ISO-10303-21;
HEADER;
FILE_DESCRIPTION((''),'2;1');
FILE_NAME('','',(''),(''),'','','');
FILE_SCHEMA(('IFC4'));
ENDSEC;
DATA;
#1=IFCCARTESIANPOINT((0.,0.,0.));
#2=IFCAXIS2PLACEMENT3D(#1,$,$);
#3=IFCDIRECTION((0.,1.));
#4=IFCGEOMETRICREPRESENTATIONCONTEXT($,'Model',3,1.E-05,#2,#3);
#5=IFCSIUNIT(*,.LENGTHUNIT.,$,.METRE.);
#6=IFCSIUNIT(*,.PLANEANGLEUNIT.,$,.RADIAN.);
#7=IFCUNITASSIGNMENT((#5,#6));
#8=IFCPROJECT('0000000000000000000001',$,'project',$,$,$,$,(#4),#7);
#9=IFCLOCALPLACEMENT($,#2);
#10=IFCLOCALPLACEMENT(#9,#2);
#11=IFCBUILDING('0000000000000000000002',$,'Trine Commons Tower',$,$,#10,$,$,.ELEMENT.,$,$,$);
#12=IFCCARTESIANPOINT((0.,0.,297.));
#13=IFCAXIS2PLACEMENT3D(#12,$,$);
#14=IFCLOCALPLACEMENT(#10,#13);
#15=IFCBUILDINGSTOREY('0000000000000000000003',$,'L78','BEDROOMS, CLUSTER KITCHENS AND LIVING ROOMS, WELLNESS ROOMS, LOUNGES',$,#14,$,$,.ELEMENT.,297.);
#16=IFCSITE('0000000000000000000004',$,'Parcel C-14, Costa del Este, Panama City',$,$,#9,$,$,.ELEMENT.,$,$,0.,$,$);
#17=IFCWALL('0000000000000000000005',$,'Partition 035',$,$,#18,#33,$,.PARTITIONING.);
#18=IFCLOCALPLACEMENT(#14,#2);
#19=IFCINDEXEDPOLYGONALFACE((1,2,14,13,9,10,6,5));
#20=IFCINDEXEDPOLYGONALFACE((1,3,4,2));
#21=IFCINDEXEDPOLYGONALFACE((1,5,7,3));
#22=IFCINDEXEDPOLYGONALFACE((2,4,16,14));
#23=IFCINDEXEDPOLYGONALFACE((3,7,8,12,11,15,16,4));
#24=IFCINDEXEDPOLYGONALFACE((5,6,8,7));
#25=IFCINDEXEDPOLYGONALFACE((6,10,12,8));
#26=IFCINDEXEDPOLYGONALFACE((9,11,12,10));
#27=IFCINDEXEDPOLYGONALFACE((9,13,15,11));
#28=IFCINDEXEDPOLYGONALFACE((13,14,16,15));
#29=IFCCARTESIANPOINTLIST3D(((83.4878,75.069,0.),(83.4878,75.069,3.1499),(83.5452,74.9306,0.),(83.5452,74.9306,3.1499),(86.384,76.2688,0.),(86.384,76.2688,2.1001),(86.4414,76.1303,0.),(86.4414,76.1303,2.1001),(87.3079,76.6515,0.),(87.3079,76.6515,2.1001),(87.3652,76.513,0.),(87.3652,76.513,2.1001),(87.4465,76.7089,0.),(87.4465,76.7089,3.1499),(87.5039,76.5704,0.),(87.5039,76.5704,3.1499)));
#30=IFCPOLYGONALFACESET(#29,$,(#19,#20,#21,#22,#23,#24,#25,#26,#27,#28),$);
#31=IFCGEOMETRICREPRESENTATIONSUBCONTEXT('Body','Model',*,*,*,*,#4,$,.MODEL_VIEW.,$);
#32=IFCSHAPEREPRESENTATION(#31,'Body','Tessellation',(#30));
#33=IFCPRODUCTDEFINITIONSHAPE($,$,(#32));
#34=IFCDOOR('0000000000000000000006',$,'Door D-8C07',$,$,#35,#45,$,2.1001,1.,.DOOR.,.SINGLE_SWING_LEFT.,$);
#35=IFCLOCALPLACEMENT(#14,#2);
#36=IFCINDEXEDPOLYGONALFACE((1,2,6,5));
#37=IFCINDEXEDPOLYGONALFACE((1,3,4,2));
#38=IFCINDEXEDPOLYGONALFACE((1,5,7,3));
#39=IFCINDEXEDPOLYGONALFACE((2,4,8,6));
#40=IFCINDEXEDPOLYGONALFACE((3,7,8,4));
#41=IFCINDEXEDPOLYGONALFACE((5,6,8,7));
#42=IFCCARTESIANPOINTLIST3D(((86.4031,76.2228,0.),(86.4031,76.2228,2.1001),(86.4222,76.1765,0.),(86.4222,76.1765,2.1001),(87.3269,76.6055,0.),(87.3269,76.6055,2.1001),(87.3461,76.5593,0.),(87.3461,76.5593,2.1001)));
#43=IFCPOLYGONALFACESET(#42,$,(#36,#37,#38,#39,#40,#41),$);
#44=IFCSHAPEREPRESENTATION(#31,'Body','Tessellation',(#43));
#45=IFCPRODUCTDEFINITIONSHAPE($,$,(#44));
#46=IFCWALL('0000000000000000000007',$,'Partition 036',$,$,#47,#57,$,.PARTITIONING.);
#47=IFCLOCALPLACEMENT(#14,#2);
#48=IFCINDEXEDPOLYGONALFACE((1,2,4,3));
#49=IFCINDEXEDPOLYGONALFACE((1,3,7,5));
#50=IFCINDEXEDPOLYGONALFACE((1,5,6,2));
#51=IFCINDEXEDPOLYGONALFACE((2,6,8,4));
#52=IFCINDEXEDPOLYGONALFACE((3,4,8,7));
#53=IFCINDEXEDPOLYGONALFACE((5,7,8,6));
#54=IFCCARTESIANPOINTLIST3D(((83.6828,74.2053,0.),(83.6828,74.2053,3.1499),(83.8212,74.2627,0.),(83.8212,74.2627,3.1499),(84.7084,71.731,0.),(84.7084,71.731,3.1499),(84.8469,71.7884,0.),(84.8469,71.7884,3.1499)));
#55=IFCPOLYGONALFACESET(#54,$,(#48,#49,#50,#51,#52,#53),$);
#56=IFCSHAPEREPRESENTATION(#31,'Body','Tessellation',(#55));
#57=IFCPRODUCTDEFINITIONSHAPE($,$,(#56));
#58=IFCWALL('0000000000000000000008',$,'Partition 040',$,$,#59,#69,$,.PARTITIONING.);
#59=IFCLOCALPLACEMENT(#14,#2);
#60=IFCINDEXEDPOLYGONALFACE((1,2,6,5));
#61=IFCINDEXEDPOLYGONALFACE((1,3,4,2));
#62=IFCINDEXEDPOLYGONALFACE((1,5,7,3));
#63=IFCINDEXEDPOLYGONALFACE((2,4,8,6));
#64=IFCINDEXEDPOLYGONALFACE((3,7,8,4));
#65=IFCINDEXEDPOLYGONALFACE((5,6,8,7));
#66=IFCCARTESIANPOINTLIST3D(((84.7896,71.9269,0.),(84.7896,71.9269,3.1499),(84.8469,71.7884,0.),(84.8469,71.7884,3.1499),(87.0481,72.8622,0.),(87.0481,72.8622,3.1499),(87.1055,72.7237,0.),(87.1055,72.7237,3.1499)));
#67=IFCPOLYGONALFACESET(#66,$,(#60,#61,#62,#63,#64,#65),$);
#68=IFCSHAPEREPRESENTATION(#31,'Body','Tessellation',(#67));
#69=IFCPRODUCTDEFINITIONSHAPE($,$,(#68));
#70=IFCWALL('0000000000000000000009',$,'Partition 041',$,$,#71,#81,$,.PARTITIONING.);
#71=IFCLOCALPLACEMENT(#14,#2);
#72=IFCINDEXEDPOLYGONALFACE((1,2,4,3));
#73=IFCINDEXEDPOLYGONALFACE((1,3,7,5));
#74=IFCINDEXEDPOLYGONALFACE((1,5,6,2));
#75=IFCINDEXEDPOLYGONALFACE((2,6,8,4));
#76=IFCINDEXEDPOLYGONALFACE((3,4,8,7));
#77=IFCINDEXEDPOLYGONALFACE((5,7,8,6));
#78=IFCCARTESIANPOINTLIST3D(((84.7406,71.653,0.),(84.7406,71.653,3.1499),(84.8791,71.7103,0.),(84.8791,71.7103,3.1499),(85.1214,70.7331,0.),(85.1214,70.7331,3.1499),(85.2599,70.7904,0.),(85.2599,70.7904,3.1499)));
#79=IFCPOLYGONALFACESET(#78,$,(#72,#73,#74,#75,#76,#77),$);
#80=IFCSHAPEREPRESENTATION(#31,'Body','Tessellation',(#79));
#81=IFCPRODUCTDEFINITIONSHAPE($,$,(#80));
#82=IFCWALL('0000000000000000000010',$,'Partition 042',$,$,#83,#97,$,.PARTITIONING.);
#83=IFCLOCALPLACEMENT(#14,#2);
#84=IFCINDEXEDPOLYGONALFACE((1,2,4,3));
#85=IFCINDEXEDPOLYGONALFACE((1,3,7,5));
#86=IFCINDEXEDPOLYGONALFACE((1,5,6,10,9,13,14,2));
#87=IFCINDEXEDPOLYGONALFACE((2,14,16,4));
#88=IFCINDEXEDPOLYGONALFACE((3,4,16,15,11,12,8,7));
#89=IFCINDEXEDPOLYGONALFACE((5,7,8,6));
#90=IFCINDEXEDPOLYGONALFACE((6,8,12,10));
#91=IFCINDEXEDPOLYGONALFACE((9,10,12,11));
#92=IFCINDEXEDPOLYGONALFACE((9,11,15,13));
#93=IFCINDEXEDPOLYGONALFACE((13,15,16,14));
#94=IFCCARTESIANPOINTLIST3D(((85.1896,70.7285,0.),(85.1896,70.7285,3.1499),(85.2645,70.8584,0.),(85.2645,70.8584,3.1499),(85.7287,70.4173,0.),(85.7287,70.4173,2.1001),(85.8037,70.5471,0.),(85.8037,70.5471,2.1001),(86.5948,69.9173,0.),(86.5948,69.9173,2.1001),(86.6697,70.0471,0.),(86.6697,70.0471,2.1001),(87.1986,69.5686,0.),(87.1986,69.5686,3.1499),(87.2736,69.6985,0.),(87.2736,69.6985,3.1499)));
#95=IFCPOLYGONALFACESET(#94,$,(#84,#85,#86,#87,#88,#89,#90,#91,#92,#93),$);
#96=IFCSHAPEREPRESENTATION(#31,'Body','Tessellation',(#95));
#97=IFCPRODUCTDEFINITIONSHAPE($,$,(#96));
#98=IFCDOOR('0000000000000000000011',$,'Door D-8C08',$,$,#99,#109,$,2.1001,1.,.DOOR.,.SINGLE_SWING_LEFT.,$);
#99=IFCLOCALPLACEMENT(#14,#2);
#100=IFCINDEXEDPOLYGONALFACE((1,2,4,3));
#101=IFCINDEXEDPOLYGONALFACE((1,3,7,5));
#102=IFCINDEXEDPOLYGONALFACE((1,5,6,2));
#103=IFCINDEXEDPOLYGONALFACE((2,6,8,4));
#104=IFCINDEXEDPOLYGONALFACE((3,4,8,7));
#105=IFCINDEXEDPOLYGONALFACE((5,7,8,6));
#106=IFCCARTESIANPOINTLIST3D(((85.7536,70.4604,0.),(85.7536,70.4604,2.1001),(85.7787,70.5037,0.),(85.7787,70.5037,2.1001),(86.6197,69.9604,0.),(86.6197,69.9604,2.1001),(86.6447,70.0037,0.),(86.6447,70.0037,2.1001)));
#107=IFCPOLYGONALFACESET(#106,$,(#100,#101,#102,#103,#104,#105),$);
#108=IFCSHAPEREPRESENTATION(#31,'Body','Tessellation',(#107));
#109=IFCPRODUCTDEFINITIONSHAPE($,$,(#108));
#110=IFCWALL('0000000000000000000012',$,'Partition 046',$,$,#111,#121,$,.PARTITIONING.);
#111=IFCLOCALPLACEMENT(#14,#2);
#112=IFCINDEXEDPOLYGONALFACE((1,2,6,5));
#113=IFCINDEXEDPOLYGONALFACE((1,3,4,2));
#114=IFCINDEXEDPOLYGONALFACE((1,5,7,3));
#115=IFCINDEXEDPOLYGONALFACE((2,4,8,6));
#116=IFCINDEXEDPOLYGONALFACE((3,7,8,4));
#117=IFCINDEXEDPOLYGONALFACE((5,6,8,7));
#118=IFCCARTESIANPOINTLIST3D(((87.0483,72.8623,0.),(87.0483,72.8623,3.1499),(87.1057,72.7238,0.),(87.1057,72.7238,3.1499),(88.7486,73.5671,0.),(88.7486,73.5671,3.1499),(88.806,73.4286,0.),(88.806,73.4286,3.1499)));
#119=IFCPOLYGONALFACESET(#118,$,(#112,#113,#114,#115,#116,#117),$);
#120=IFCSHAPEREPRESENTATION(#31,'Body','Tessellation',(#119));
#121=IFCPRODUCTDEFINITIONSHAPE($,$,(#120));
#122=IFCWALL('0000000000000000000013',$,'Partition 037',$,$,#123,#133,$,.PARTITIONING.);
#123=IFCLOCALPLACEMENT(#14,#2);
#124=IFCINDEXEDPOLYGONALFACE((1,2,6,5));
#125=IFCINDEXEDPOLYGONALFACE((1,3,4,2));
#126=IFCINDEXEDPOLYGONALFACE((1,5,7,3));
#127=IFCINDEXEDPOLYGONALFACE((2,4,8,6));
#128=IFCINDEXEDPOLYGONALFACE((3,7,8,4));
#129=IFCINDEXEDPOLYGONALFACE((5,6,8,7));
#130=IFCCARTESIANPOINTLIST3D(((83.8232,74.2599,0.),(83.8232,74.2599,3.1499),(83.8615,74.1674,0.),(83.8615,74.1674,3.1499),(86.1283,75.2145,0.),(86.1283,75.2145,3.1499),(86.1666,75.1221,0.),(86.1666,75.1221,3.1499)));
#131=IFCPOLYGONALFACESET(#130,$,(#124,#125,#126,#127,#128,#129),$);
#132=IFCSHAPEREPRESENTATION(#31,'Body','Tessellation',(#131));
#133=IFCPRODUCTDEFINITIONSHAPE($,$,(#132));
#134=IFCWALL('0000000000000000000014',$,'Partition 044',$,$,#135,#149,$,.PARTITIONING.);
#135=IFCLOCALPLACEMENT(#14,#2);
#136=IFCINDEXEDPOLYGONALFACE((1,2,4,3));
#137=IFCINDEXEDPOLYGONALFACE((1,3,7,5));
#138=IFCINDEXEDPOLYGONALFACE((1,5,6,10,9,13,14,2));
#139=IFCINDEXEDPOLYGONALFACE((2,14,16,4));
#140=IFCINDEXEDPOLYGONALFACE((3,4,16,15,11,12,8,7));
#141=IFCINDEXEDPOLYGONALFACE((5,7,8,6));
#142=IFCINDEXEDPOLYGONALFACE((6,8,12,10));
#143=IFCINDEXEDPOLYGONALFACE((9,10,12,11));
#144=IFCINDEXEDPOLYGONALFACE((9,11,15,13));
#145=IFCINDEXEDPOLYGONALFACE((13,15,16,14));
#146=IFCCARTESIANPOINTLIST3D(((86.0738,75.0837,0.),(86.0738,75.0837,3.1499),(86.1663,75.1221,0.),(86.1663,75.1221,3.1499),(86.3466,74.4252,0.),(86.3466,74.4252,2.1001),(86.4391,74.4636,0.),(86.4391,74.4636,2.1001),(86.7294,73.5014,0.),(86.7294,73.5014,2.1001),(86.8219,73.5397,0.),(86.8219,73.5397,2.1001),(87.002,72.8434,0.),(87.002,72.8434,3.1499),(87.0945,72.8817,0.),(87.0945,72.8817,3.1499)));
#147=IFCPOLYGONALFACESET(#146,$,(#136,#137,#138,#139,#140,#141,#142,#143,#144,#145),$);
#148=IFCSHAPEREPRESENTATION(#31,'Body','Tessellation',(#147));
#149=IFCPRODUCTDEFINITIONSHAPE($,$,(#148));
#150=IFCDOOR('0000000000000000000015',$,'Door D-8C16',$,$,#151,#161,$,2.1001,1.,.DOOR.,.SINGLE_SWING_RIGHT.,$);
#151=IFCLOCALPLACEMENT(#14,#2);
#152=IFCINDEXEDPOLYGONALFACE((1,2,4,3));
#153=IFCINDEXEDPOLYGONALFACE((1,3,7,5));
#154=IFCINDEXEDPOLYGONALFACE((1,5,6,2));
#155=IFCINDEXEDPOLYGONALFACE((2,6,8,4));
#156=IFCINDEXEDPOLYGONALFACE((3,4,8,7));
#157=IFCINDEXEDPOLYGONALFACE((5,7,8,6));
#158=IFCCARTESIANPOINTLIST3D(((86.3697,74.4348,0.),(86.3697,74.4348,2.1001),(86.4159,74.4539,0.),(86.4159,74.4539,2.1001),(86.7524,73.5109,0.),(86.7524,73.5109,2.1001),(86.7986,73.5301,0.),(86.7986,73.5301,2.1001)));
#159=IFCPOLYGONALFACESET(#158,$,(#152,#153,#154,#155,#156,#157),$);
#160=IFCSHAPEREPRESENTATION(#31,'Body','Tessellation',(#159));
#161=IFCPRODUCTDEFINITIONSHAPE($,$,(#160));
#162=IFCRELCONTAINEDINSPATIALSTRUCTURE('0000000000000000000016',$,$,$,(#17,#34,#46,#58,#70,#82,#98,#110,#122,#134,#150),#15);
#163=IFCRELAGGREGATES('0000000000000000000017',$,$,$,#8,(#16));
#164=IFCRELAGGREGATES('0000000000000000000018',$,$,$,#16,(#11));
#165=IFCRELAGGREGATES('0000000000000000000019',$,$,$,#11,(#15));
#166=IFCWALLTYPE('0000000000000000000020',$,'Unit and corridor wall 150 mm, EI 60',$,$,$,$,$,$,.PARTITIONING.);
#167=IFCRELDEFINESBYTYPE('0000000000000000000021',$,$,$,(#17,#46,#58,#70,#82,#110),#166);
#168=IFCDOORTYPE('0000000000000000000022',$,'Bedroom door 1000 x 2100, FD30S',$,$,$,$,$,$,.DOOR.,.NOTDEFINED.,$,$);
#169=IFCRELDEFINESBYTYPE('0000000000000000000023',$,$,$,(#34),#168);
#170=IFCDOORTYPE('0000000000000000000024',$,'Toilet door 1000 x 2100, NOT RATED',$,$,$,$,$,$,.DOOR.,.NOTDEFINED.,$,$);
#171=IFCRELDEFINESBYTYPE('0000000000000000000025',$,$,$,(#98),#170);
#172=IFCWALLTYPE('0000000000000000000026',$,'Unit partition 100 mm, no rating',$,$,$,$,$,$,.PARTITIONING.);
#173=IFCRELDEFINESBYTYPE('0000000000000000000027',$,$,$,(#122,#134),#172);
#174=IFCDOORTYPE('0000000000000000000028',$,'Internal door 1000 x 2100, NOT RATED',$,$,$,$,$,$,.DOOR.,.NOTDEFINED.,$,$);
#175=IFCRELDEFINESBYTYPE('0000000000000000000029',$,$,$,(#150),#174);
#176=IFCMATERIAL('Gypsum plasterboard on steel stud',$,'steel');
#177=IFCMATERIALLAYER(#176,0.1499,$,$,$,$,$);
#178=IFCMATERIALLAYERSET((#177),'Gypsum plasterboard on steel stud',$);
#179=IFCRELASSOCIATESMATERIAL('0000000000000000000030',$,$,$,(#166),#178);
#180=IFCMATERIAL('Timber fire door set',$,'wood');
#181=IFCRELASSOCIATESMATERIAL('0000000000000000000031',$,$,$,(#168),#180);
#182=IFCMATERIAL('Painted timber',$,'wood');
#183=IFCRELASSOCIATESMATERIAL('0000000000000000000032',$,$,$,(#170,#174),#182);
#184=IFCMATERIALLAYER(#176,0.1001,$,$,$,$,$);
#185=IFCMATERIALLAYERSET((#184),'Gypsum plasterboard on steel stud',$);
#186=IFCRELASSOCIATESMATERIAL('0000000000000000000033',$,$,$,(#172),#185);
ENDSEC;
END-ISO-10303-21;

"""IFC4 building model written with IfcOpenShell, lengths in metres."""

from ifc_helpers import new_model, si_unit, direction, frame, frame_2d, origin, place, context, subcontext, project, spatial, rectangle, extrude, material, layer, layer_set, type_object, element, fill, save


model = new_model("IFC4")

# Units and contexts
model_context = context("Model", 3, precision=1e-05, world=origin(), true_north=direction((0.0, 1.0)))
body_context = subcontext(model_context, "Body", "Model", "MODEL_VIEW")
ifc_project = project(units=[si_unit("LENGTHUNIT", "METRE"), si_unit("PLANEANGLEUNIT", "RADIAN")], contexts=[model_context])

# Site, building, storey
site_placement = place(None, origin())
site = spatial("IfcSite", under=ifc_project, at=site_placement, Name="Parcel C-14, Costa del Este, Panama City", CompositionType="ELEMENT", RefElevation=0.0)
building_placement = place(site_placement, origin())
building = spatial("IfcBuilding", under=site, at=building_placement, Name="Trine Commons Tower", CompositionType="ELEMENT")
storey_placement = place(building_placement, frame((0.0, 0.0, 297.0)))
storey = spatial("IfcBuildingStorey", under=building, at=storey_placement, Name="L78", Description="BEDROOMS, CLUSTER KITCHENS AND LIVING ROOMS, WELLNESS ROOMS, LOUNGES", CompositionType="ELEMENT", Elevation=297.0)

# Shared definitions
ifc_material_1 = material(Name="Gypsum plasterboard on steel stud", Category="steel")
ifc_layer_1 = layer(ifc_material_1, 0.1499)
ifc_layer_set_1 = layer_set([ifc_layer_1], Name="Gypsum plasterboard on steel stud")
wall_type_1 = type_object("IfcWallType", Name="Unit and corridor wall 150 mm, EI 60", PredefinedType="PARTITIONING", material=ifc_layer_set_1)

# Wall, opening, door
wall_1_placement = place(storey_placement, frame((83.5164, 74.9998, 0.0), z_axis=(0.0, 0.0, 1.0), x_axis=(0.923869, 0.382709, 0.0)))
wall_1 = element("IfcWall", 1, at=wall_1_placement, inside=storey, type_object=wall_type_1, Name="Partition 035", PredefinedType="PARTITIONING", context=body_context, shape_type="SweptSolid", body=[
    extrude(rectangle(XDim=4.2849, YDim=0.1499, at=frame_2d((2.1426, 0.0))), origin(), (0.0, 0.0, 1.0), 3.1499),
])
opening_1_placement = place(wall_1_placement, frame((3.135, 0.0, 0.0)))
opening_1 = element("IfcOpeningElement", 2, at=opening_1_placement, cuts=wall_1, PredefinedType="OPENING", context=body_context, shape_type="SweptSolid", body=[
    extrude(rectangle(XDim=1.0, YDim=2.1001, at=frame_2d((0.5, 1.05))), frame((0.0, 0.085, 0.0), z_axis=(0.0, -1.0, 0.0), x_axis=(1.0, 0.0, 0.0)), (0.0, 0.0, 1.0), 0.1699),
])
ifc_material_2 = material(Name="Timber fire door set", Category="wood")
door_type_1 = type_object("IfcDoorType", Name="Bedroom door 1000 x 2100, FD30S", OperationType="NOTDEFINED", PredefinedType="DOOR", material=ifc_material_2)
door_1_placement = place(opening_1_placement, frame((1.0, 0.0, 0.0), z_axis=(0.0, 0.0, 1.0), x_axis=(-1.0, 0.0, 0.0)))
door_1 = element("IfcDoor", 3, at=door_1_placement, inside=storey, type_object=door_type_1, Name="Door D-8C07", OperationType="SINGLE_SWING_LEFT", OverallHeight=2.1001, OverallWidth=1.0, PredefinedType="DOOR", context=body_context, shape_type="SweptSolid", body=[
    extrude(rectangle(XDim=1.0, YDim=2.1001, at=frame_2d((0.5, 1.05))), frame((0.0, 0.0249, 0.0), z_axis=(0.0, -1.0, 0.0), x_axis=(1.0, 0.0, 0.0)), (0.0, 0.0, 1.0), 0.05),
])
fill(opening_1, door_1)

# Walls
wall_2_placement = place(storey_placement, frame((83.752, 74.2341, 0.0), z_axis=(0.0, 0.0, 1.0), x_axis=(0.382913, -0.923785, 0.0)))
element("IfcWall", 4, at=wall_2_placement, inside=storey, type_object=wall_type_1, Name="Partition 036", PredefinedType="PARTITIONING", context=body_context, shape_type="SweptSolid", body=[
    extrude(rectangle(XDim=2.6785, YDim=0.1499, at=frame_2d((1.3394, 0.0))), origin(), (0.0, 0.0, 1.0), 3.1499),
])
wall_3_placement = place(storey_placement, frame((84.8184, 71.8577, 0.0), z_axis=(0.0, 0.0, 1.0), x_axis=(0.923911, 0.382608, 0.0)))
element("IfcWall", 5, at=wall_3_placement, inside=storey, type_object=wall_type_1, Name="Partition 040", PredefinedType="PARTITIONING", context=body_context, shape_type="SweptSolid", body=[
    extrude(rectangle(XDim=2.4446, YDim=0.1499, at=frame_2d((1.2222, 0.0))), origin(), (0.0, 0.0, 1.0), 3.1499),
])
wall_4_placement = place(storey_placement, frame((84.8098, 71.6816, 0.0), z_axis=(0.0, 0.0, 1.0), x_axis=(0.382525, -0.923945, 0.0)))
element("IfcWall", 6, at=wall_4_placement, inside=storey, type_object=wall_type_1, Name="Partition 041", PredefinedType="PARTITIONING", context=body_context, shape_type="SweptSolid", body=[
    extrude(rectangle(XDim=0.9956, YDim=0.1499, at=frame_2d((0.4978, 0.0))), origin(), (0.0, 0.0, 1.0), 3.1499),
])

# Wall, opening, door
wall_5_placement = place(storey_placement, frame((85.2271, 70.7935, 0.0), z_axis=(0.0, 0.0, 1.0), x_axis=(0.866026, -0.499999, 0.0)))
wall_5 = element("IfcWall", 7, at=wall_5_placement, inside=storey, type_object=wall_type_1, Name="Partition 042", PredefinedType="PARTITIONING", context=body_context, shape_type="SweptSolid", body=[
    extrude(rectangle(XDim=2.3198, YDim=0.1499, at=frame_2d((1.1599, 0.0))), origin(), (0.0, 0.0, 1.0), 3.1499),
])
opening_2_placement = place(wall_5_placement, frame((0.6226, 0.0, 0.0)))
opening_2 = element("IfcOpeningElement", 8, at=opening_2_placement, cuts=wall_5, PredefinedType="OPENING", context=body_context, shape_type="SweptSolid", body=[
    extrude(rectangle(XDim=1.0, YDim=2.1001, at=frame_2d((0.5, 1.05))), frame((0.0, 0.085, 0.0), z_axis=(0.0, -1.0, 0.0), x_axis=(1.0, 0.0, 0.0)), (0.0, 0.0, 1.0), 0.1699),
])
ifc_material_3 = material(Name="Painted timber", Category="wood")
door_type_2 = type_object("IfcDoorType", Name="Toilet door 1000 x 2100, NOT RATED", OperationType="NOTDEFINED", PredefinedType="DOOR", material=ifc_material_3)
door_2_placement = place(opening_2_placement, origin())
door_2 = element("IfcDoor", 9, at=door_2_placement, inside=storey, type_object=door_type_2, Name="Door D-8C08", OperationType="SINGLE_SWING_LEFT", OverallHeight=2.1001, OverallWidth=1.0, PredefinedType="DOOR", context=body_context, shape_type="SweptSolid", body=[
    extrude(rectangle(XDim=1.0, YDim=2.1001, at=frame_2d((0.5, 1.05))), frame((0.0, 0.0249, 0.0), z_axis=(0.0, -1.0, 0.0), x_axis=(1.0, 0.0, 0.0)), (0.0, 0.0, 1.0), 0.05),
])
fill(opening_2, door_2)

# Walls
wall_6_placement = place(storey_placement, frame((87.0769, 72.793, 0.0), z_axis=(0.0, 0.0, 1.0), x_axis=(0.923766, 0.382957, 0.0)))
element("IfcWall", 10, at=wall_6_placement, inside=storey, type_object=wall_type_1, Name="Partition 046", PredefinedType="PARTITIONING", context=body_context, shape_type="SweptSolid", body=[
    extrude(rectangle(XDim=1.8406, YDim=0.1499, at=frame_2d((0.9204, 0.0))), origin(), (0.0, 0.0, 1.0), 3.1499),
])
ifc_layer_2 = layer(ifc_material_1, 0.1001)
ifc_layer_set_2 = layer_set([ifc_layer_2], Name="Gypsum plasterboard on steel stud")
wall_type_2 = type_object("IfcWallType", Name="Unit partition 100 mm, no rating", PredefinedType="PARTITIONING", material=ifc_layer_set_2)
wall_7_placement = place(storey_placement, frame((83.8423, 74.2136, 0.0), z_axis=(0.0, 0.0, 1.0), x_axis=(0.9239, 0.382634, 0.0)))
element("IfcWall", 11, at=wall_7_placement, inside=storey, type_object=wall_type_2, Name="Partition 037", PredefinedType="PARTITIONING", context=body_context, shape_type="SweptSolid", body=[
    extrude(rectangle(XDim=2.4949, YDim=0.1001, at=frame_2d((1.2476, 0.0))), origin(), (0.0, 0.0, 1.0), 3.1499),
])

# Wall, opening, door
wall_8_placement = place(storey_placement, frame((86.1201, 75.1028, 0.0), z_axis=(0.0, 0.0, 1.0), x_axis=(0.382749, -0.923852, 0.0)))
wall_8 = element("IfcWall", 12, at=wall_8_placement, inside=storey, type_object=wall_type_2, Name="Partition 044", PredefinedType="PARTITIONING", context=body_context, shape_type="SweptSolid", body=[
    extrude(rectangle(XDim=2.425, YDim=0.1001, at=frame_2d((1.2124, 0.0))), origin(), (0.0, 0.0, 1.0), 3.1499),
])
opening_3_placement = place(wall_8_placement, frame((0.7126, 0.0, 0.0)))
opening_3 = element("IfcOpeningElement", 13, at=opening_3_placement, cuts=wall_8, PredefinedType="OPENING", context=body_context, shape_type="SweptSolid", body=[
    extrude(rectangle(XDim=1.0, YDim=2.1001, at=frame_2d((0.5, 1.05))), frame((0.0, 0.0601, 0.0), z_axis=(0.0, -1.0, 0.0), x_axis=(1.0, 0.0, 0.0)), (0.0, 0.0, 1.0), 0.1201),
])
door_type_3 = type_object("IfcDoorType", Name="Internal door 1000 x 2100, NOT RATED", OperationType="NOTDEFINED", PredefinedType="DOOR", material=ifc_material_3)
door_3_placement = place(opening_3_placement, origin())
door_3 = element("IfcDoor", 14, at=door_3_placement, inside=storey, type_object=door_type_3, Name="Door D-8C16", OperationType="SINGLE_SWING_RIGHT", OverallHeight=2.1001, OverallWidth=1.0, PredefinedType="DOOR", context=body_context, shape_type="SweptSolid", body=[
    extrude(rectangle(XDim=1.0, YDim=2.1001, at=frame_2d((0.5, 1.05))), frame((0.0, 0.0249, 0.0), z_axis=(0.0, -1.0, 0.0), x_axis=(1.0, 0.0, 0.0)), (0.0, 0.0, 1.0), 0.05),
])
fill(opening_3, door_3)

save(model, "model.ifc")
